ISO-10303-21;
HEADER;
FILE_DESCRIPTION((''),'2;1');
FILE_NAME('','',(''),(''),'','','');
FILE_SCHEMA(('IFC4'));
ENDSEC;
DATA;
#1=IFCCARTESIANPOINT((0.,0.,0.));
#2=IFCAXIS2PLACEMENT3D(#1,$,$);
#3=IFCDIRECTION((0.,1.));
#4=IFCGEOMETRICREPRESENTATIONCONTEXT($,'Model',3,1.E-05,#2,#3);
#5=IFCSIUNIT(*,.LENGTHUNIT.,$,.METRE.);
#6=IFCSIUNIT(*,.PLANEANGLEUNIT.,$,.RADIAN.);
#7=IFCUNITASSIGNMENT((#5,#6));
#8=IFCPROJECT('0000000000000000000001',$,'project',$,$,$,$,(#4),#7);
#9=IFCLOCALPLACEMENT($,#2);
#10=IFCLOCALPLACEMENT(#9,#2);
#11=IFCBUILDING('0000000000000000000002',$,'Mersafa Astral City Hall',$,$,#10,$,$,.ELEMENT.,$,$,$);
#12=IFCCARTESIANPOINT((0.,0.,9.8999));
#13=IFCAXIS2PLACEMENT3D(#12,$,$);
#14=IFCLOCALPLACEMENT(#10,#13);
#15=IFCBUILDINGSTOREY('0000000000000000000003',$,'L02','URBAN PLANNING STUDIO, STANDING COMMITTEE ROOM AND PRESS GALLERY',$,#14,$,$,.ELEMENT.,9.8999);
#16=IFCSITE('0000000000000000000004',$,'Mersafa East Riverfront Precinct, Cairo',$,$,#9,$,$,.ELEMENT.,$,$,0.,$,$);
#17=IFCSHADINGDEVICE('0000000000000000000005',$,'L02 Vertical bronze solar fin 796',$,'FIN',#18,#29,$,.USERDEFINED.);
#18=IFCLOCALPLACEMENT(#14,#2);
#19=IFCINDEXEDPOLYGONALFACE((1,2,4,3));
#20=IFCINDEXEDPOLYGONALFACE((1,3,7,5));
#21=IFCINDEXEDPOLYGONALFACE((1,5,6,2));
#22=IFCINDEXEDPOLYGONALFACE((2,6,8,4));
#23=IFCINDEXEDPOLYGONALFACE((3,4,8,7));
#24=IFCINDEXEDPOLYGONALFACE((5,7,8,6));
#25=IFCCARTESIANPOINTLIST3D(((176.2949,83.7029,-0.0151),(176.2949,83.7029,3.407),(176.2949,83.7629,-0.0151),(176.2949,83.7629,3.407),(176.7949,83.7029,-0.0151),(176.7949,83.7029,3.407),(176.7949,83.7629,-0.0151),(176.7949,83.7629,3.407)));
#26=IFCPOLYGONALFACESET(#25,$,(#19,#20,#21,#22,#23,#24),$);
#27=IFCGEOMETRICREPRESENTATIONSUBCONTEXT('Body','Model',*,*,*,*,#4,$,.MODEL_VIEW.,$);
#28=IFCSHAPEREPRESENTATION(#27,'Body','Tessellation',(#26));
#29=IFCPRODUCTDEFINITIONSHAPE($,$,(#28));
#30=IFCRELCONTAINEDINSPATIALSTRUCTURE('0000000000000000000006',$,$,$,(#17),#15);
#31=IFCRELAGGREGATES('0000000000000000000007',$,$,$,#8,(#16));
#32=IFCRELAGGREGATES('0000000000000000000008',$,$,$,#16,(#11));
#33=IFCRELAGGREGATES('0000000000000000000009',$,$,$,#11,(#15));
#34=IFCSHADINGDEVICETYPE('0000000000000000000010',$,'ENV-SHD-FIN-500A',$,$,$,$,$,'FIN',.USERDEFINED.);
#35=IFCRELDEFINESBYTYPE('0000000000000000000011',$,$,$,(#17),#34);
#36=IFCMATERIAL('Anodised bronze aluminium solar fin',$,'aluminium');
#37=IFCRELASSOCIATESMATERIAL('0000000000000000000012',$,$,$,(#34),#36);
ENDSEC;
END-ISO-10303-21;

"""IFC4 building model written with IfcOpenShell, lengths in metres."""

from ifc_helpers import new_model, si_unit, direction, frame, origin, origin_2d, place, context, subcontext, project, spatial, rectangle, extrude, material, type_object, element, save


model = new_model("IFC4")

# Units and contexts
model_context = context("Model", 3, precision=1e-05, world=origin(), true_north=direction((0.0, 1.0)))
body_context = subcontext(model_context, "Body", "Model", "MODEL_VIEW")
ifc_project = project(units=[si_unit("LENGTHUNIT", "METRE"), si_unit("PLANEANGLEUNIT", "RADIAN")], contexts=[model_context])

# Site, building, storey
site_placement = place(None, origin())
site = spatial("IfcSite", under=ifc_project, at=site_placement, Name="Mersafa East Riverfront Precinct, Cairo", CompositionType="ELEMENT", RefElevation=0.0)
building_placement = place(site_placement, origin())
building = spatial("IfcBuilding", under=site, at=building_placement, Name="Mersafa Astral City Hall", CompositionType="ELEMENT")
storey_placement = place(building_placement, frame((0.0, 0.0, 9.8999)))
storey = spatial("IfcBuildingStorey", under=building, at=storey_placement, Name="L02", Description="URBAN PLANNING STUDIO, STANDING COMMITTEE ROOM AND PRESS GALLERY", CompositionType="ELEMENT", Elevation=9.8999)

# Shading device
ifc_material_1 = material(Name="Anodised bronze aluminium solar fin", Category="aluminium")
shading_device_type = type_object("IfcShadingDeviceType", Name="ENV-SHD-FIN-500A", ElementType="FIN", PredefinedType="USERDEFINED", material=ifc_material_1)
for number, where, z_axis, x_axis, name in (
    (1, (176.5449, 83.7329, -0.0151), (0.0, 0.0, 1.0), (0.0, 1.0, 0.0), "L02 Vertical bronze solar fin 796"),
):
    element("IfcShadingDevice", number, at=place(storey_placement, frame(where, z_axis=z_axis, x_axis=x_axis)), inside=storey, type_object=shading_device_type, Name=name, ObjectType="FIN", PredefinedType="USERDEFINED", context=body_context, shape_type="SweptSolid", body=[
        extrude(rectangle(XDim=0.0601, YDim=0.5, at=origin_2d()), origin(), (0.0, 0.0, 1.0), 3.4221),
    ])

save(model, "model.ifc")
